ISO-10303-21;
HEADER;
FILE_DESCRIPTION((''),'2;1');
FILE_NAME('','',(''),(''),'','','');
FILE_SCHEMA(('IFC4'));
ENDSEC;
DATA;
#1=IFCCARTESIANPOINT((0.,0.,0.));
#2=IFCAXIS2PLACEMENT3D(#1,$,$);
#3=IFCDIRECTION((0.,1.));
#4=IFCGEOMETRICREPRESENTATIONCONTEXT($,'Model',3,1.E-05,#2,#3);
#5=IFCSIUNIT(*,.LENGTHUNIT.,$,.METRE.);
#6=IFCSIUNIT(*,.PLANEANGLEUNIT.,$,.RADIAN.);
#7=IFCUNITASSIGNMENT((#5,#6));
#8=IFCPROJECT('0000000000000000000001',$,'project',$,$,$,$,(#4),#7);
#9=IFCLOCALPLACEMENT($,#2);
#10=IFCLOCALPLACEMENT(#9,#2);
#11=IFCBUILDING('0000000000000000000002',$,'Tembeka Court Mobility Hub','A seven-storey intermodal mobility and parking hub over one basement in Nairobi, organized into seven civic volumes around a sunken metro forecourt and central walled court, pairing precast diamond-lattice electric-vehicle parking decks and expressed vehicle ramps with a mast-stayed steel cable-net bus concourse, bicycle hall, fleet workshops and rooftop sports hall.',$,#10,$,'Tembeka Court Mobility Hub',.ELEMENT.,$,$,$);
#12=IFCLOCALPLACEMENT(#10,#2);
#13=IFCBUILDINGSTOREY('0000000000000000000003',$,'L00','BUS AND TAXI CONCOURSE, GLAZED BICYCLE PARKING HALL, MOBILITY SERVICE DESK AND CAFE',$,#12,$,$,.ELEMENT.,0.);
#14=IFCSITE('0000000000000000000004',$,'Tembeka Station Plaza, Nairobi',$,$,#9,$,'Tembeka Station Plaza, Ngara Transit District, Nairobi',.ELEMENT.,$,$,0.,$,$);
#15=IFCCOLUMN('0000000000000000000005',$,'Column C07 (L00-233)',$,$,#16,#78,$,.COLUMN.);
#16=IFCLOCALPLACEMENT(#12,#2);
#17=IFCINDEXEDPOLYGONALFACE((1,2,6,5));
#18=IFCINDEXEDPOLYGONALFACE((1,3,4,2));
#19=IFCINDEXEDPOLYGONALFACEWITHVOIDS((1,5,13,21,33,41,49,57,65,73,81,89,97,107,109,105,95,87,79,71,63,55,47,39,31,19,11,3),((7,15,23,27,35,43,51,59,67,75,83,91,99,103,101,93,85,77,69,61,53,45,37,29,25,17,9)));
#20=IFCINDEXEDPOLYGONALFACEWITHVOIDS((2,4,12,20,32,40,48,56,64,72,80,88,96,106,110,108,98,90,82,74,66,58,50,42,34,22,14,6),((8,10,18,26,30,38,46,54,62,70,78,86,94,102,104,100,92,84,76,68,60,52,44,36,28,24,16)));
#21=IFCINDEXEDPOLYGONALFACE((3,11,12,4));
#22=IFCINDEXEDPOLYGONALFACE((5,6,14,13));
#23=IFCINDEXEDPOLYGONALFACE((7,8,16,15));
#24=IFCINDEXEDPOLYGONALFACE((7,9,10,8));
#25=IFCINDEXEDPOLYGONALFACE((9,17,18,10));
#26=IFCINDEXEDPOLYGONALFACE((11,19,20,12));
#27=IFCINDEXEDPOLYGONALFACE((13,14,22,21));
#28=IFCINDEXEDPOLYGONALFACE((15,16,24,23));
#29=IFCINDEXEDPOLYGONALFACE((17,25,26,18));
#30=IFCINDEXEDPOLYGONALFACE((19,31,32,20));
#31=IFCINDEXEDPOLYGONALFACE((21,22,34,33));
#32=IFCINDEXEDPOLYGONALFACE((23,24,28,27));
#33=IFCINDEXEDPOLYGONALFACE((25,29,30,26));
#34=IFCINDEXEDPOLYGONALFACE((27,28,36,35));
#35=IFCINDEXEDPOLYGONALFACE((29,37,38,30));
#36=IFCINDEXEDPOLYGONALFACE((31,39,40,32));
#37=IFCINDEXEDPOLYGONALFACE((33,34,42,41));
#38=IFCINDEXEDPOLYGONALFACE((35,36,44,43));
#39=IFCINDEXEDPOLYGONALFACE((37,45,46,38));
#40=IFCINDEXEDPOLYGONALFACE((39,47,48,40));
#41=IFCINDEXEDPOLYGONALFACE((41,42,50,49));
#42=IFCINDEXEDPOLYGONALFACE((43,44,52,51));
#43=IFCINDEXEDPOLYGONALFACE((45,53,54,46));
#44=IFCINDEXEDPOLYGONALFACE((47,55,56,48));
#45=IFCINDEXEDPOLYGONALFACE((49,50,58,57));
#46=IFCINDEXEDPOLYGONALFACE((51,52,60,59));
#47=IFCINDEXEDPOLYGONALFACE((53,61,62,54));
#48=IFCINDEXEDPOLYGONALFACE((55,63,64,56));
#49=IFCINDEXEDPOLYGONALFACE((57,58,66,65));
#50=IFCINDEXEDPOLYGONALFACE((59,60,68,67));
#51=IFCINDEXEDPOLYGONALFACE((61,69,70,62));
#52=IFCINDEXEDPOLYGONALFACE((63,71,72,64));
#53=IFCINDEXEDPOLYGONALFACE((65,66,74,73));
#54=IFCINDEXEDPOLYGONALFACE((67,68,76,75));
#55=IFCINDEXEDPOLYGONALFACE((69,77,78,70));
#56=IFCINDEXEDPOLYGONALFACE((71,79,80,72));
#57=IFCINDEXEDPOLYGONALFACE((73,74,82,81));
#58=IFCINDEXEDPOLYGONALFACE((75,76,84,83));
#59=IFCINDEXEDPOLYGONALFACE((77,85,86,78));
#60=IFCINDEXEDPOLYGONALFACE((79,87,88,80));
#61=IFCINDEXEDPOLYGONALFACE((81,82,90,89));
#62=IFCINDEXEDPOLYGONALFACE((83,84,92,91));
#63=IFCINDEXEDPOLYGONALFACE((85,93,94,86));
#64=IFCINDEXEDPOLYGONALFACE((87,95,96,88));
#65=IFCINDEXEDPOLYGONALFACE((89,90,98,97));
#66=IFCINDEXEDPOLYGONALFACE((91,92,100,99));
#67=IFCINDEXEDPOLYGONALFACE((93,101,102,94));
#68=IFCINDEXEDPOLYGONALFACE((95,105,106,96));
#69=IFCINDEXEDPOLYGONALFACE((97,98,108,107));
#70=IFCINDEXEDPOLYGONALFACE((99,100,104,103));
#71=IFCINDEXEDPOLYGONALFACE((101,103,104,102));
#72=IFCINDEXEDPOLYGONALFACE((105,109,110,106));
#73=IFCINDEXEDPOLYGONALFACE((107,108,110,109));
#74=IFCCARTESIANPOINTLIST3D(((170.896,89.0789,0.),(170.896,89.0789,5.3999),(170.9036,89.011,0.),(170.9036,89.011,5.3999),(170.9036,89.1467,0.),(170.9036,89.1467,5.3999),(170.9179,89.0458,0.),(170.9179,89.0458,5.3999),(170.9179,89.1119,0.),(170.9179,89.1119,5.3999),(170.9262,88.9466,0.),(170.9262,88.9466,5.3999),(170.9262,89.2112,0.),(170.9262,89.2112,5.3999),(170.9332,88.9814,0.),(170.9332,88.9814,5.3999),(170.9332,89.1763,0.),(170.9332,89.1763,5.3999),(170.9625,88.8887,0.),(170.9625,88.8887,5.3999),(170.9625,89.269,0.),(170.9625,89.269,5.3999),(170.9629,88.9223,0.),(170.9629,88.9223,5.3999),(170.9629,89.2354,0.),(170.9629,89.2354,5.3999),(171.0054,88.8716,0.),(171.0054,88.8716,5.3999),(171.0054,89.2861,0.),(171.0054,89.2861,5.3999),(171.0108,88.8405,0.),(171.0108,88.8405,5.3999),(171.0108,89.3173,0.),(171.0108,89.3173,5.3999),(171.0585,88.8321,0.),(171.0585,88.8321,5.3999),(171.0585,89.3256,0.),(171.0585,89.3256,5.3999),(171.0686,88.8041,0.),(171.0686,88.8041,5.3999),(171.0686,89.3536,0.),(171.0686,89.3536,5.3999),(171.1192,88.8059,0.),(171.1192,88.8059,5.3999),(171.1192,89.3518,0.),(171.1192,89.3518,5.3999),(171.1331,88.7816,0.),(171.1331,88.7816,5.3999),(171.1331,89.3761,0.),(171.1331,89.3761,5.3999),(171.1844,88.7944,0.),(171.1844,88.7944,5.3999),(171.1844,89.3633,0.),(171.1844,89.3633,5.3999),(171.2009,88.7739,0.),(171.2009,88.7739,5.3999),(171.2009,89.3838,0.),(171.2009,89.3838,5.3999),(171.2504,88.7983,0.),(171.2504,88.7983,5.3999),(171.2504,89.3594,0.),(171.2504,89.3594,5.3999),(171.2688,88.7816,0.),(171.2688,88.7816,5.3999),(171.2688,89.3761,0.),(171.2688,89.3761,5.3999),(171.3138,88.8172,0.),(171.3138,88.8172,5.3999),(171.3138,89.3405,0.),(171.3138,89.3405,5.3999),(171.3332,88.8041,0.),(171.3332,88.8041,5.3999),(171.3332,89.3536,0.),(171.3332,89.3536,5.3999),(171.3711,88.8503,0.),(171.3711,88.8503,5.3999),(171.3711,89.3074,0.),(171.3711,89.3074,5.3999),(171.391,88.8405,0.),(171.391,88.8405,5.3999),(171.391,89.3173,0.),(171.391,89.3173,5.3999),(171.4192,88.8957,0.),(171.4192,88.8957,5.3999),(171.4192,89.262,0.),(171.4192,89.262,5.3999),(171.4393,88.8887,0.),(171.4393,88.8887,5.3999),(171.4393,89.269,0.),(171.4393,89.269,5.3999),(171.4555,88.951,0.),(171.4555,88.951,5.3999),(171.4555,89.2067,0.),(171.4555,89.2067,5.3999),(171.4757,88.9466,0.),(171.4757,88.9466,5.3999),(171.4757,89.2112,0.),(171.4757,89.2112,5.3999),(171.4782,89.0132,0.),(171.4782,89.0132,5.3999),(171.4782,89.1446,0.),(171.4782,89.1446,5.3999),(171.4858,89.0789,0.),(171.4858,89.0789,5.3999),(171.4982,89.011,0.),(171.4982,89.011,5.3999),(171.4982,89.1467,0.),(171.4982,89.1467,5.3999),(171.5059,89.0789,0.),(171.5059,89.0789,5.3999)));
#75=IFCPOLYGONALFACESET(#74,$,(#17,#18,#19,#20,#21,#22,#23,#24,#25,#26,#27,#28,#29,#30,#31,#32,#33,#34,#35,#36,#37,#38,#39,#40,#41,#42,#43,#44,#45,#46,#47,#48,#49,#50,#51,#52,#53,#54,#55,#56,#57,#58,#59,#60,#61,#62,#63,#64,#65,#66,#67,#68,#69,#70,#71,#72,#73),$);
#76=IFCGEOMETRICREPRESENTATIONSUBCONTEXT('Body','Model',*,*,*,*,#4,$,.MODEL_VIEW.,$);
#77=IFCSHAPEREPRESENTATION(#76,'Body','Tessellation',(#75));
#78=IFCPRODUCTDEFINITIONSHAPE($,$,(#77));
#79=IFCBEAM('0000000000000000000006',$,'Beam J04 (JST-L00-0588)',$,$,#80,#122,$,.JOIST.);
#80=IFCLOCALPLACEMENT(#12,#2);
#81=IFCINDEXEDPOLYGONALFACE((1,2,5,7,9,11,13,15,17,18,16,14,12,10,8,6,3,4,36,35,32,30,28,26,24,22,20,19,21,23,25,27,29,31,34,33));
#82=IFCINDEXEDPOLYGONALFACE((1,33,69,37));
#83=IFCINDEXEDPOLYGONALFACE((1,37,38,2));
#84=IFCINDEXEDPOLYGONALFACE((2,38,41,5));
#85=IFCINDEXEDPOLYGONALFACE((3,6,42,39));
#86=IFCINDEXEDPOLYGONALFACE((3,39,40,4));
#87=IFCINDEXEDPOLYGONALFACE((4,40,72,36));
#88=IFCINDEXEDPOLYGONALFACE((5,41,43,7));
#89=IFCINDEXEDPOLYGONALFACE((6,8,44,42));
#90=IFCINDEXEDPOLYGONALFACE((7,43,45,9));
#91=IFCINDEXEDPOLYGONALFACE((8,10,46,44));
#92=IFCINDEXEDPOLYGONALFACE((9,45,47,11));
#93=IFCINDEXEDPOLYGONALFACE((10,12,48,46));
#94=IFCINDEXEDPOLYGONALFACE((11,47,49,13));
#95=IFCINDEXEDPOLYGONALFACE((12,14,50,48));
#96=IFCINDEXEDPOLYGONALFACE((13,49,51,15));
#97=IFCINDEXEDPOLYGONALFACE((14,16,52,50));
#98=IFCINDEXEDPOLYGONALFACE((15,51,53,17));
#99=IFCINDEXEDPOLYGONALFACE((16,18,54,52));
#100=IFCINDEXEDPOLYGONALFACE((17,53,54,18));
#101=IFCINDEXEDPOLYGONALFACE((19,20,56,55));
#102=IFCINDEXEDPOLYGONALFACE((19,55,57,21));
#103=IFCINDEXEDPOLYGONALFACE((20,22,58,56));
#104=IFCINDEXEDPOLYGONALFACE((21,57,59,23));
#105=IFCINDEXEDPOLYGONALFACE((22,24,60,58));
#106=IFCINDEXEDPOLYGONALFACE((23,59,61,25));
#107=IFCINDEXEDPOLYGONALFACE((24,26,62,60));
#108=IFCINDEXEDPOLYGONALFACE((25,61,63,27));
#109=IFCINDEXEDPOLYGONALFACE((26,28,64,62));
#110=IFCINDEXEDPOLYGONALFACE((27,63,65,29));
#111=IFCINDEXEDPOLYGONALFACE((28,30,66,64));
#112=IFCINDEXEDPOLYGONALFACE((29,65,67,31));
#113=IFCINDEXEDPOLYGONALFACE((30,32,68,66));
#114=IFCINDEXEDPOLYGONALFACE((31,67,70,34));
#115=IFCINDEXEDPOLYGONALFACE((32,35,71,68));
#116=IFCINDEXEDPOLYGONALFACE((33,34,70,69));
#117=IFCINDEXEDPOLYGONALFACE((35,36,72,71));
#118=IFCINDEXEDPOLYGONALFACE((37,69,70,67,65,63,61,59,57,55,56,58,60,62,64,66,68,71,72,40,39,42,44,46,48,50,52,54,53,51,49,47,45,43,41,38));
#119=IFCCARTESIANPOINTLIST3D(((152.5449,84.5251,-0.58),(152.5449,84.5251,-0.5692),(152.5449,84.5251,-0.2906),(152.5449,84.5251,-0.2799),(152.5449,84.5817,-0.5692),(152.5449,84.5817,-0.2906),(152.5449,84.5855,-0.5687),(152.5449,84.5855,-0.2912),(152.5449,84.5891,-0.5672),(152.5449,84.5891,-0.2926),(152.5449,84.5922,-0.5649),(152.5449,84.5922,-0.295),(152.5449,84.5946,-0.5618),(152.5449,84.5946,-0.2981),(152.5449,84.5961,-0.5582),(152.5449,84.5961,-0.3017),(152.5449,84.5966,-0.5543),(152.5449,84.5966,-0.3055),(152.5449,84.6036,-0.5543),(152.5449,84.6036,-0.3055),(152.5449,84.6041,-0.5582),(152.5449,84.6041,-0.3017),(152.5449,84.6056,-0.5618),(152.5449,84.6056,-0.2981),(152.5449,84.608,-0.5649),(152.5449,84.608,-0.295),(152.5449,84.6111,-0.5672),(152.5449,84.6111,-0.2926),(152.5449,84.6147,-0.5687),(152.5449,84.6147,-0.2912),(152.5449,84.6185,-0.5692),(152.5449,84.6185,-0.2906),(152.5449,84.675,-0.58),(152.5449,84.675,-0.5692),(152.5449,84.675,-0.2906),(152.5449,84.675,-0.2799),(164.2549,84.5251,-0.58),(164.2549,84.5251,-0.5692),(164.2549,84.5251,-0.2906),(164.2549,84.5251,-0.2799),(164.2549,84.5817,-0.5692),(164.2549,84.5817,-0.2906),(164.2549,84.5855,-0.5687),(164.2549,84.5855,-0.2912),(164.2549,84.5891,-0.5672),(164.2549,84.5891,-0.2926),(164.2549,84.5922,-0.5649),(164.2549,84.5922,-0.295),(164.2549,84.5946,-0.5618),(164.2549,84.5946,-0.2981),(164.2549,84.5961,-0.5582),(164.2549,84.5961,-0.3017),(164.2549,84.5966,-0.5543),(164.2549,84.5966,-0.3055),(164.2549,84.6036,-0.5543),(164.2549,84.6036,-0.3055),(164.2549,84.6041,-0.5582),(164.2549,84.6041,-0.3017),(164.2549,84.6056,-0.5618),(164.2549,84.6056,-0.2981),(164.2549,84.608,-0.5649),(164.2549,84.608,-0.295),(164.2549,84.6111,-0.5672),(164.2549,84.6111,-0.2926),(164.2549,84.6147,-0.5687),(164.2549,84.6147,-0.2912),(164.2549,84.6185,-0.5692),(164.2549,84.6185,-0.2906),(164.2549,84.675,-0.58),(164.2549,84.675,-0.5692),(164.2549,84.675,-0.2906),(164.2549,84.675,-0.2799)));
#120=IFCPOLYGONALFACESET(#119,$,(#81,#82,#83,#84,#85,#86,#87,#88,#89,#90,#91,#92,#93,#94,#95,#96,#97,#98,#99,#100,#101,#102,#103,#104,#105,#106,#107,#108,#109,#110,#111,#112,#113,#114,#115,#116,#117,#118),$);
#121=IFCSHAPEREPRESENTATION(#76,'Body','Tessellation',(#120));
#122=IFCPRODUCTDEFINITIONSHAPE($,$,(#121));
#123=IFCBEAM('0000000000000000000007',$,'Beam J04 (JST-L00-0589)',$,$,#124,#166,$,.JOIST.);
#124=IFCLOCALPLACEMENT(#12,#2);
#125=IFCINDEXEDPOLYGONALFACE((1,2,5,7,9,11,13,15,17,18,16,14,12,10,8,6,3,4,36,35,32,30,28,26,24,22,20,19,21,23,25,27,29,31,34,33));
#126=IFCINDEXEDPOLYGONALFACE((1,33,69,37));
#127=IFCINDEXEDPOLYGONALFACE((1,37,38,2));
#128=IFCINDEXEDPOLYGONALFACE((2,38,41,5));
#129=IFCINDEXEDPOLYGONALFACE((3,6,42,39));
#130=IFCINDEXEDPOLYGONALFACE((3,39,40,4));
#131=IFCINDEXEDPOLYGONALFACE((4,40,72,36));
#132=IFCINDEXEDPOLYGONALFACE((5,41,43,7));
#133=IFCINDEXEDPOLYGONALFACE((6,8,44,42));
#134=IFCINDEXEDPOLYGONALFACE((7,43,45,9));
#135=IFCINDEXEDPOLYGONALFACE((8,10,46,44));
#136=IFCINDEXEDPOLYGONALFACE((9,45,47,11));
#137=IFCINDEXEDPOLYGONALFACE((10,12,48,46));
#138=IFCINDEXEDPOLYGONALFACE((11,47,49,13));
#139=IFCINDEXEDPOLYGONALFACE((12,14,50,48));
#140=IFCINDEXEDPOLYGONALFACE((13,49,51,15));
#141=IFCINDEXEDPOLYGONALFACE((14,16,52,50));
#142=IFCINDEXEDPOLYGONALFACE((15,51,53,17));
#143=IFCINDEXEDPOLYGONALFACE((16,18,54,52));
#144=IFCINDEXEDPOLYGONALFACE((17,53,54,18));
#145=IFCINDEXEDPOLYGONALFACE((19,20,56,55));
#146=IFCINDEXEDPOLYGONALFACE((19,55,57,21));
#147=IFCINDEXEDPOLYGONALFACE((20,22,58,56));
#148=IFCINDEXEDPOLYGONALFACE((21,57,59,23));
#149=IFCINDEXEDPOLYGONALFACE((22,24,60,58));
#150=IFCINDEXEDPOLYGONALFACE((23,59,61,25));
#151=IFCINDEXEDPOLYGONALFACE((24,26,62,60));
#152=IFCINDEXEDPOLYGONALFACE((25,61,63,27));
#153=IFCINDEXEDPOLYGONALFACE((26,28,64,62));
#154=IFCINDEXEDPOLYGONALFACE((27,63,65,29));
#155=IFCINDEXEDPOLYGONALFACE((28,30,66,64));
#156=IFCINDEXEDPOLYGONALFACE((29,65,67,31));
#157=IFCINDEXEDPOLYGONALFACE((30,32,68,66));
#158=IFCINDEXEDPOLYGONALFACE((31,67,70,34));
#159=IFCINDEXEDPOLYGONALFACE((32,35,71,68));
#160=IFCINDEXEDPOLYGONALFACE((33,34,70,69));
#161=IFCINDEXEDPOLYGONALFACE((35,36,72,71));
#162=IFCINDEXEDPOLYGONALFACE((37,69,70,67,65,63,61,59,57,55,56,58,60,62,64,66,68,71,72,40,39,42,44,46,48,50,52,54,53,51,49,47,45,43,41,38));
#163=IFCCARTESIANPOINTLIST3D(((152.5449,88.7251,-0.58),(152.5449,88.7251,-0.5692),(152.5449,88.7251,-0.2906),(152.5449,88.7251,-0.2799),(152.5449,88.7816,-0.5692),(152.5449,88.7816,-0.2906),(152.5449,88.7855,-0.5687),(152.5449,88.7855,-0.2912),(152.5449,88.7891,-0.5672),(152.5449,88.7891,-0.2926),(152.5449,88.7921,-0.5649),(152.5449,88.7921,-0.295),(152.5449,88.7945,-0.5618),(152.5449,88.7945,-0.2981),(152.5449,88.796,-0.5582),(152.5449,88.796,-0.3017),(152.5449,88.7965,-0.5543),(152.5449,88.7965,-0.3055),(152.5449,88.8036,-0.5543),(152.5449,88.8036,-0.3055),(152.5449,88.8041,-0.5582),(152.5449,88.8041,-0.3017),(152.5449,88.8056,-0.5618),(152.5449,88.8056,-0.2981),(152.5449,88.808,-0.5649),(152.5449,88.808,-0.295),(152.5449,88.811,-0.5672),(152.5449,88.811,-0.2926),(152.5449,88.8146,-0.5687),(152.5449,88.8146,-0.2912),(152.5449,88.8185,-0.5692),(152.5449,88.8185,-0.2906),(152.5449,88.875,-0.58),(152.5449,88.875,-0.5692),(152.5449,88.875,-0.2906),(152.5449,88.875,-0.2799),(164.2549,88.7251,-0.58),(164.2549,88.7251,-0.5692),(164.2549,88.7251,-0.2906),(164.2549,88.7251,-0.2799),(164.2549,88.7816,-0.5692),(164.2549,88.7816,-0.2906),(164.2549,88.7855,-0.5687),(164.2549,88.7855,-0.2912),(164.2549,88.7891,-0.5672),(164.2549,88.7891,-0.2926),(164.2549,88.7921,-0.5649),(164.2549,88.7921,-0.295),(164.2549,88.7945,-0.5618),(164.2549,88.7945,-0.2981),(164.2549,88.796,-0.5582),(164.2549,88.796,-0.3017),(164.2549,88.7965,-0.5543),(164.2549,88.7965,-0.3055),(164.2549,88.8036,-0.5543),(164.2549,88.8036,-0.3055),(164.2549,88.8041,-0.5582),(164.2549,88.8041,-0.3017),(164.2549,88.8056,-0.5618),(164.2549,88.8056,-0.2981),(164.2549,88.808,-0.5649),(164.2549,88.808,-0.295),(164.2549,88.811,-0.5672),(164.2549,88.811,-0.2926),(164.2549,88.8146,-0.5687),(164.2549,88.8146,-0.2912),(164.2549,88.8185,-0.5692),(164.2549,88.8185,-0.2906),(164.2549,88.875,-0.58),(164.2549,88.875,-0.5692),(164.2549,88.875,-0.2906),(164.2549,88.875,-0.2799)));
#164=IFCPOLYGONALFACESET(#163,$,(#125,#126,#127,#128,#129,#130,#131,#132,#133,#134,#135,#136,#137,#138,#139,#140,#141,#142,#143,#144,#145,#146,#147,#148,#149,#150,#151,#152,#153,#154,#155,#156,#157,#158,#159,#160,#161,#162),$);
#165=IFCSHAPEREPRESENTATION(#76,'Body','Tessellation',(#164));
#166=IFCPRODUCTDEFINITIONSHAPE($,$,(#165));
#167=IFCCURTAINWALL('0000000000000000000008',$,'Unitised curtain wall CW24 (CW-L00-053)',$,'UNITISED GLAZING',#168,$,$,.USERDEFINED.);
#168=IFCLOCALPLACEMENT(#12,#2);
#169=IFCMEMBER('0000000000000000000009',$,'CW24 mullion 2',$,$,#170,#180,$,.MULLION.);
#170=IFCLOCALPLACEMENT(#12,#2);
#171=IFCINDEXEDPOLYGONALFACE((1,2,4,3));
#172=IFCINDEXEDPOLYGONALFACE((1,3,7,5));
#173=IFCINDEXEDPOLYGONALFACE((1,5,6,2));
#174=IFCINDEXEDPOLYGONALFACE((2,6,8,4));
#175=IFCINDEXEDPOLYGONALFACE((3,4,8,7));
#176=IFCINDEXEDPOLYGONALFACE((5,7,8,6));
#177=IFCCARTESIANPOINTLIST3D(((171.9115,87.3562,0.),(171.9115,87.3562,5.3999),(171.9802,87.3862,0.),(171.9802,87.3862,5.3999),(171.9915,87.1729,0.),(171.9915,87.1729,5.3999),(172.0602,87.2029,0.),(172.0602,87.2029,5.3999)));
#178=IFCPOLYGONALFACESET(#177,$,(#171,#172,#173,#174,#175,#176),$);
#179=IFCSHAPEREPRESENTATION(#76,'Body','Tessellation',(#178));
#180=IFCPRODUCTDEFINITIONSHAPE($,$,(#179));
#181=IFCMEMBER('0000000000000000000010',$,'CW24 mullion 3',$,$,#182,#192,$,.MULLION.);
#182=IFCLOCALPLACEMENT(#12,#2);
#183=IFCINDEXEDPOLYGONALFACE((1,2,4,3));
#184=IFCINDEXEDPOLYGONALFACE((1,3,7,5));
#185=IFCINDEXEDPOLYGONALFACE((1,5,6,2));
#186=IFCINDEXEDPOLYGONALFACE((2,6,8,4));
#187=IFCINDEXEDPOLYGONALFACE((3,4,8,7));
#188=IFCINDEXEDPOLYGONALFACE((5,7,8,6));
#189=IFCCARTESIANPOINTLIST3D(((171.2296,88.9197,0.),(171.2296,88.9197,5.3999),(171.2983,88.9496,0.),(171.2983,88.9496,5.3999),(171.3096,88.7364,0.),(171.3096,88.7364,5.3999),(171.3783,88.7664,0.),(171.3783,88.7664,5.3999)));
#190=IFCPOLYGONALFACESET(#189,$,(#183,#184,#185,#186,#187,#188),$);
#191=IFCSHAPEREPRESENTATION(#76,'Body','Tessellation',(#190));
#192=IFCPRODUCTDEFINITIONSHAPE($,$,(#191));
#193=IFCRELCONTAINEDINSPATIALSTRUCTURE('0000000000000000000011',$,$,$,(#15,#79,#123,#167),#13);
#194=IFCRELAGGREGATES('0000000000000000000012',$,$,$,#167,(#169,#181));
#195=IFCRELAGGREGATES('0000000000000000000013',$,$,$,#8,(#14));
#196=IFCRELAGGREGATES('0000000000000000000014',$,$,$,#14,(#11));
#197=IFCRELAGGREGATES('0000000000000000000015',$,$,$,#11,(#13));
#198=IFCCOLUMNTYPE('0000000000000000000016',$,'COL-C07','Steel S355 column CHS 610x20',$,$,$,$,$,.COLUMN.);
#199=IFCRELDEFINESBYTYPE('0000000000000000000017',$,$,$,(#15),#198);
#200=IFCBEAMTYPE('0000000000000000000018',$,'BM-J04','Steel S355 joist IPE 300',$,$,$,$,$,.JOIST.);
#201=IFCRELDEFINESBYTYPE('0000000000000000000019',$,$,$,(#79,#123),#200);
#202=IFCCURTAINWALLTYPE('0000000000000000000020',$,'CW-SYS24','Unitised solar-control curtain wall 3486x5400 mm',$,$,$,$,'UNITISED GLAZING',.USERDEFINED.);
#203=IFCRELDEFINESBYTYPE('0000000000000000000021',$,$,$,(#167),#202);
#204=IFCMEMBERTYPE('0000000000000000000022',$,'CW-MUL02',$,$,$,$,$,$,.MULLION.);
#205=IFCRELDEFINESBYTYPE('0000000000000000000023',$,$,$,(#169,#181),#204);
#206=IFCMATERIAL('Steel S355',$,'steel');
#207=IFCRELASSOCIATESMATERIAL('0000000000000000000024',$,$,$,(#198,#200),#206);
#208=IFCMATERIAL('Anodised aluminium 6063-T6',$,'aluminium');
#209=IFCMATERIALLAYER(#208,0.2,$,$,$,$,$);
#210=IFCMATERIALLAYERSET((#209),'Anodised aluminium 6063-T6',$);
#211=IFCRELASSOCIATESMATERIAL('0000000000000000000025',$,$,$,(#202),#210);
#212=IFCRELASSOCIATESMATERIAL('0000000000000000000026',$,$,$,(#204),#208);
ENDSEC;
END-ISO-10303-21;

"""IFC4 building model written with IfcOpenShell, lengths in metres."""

from ifc_helpers import new_model, si_unit, direction, frame, origin, origin_2d, place, context, subcontext, project, spatial, rectangle, hollow_circle, i_section, extrude, material, layer, layer_set, material_profile, profile_set, type_object, element, aggregate, save


model = new_model("IFC4")

# Units and contexts
model_context = context("Model", 3, precision=1e-05, world=origin(), true_north=direction((0.0, 1.0)))
body_context = subcontext(model_context, "Body", "Model", "MODEL_VIEW")
ifc_project = project(units=[si_unit("LENGTHUNIT", "METRE"), si_unit("PLANEANGLEUNIT", "RADIAN")], contexts=[model_context])

# Site, building, storey
site_placement = place(None, origin())
site = spatial("IfcSite", under=ifc_project, at=site_placement, Name="Tembeka Station Plaza, Nairobi", LongName="Tembeka Station Plaza, Ngara Transit District, Nairobi", CompositionType="ELEMENT", RefElevation=0.0)
building_placement = place(site_placement, origin())
building = spatial("IfcBuilding", under=site, at=building_placement, Name="Tembeka Court Mobility Hub", Description="A seven-storey intermodal mobility and parking hub over one basement in Nairobi, organized into seven civic volumes around a sunken metro forecourt and central walled court, pairing precast diamond-lattice electric-vehicle parking decks and expressed vehicle ramps with a mast-stayed steel cable-net bus concourse, bicycle hall, fleet workshops and rooftop sports hall.", LongName="Tembeka Court Mobility Hub", CompositionType="ELEMENT")
storey_placement = place(building_placement, origin())
storey = spatial("IfcBuildingStorey", under=building, at=storey_placement, Name="L00", Description="BUS AND TAXI CONCOURSE, GLAZED BICYCLE PARKING HALL, MOBILITY SERVICE DESK AND CAFE", CompositionType="ELEMENT", Elevation=0.0)

# Column
ifc_material_1 = material(Name="Steel S355", Category="steel")
ifc_material_profile_1 = material_profile(ifc_material_1, hollow_circle(Radius=0.3049, WallThickness=0.02, at=origin_2d()), Name="CHS 610x20")
ifc_profile_set_1 = profile_set([ifc_material_profile_1], Name="Steel S355")
column_type = type_object("IfcColumnType", Name="COL-C07", Description="Steel S355 column CHS 610x20", PredefinedType="COLUMN", material=ifc_profile_set_1)
column_placement = place(storey_placement, frame((171.2009, 89.0789, 0.0), z_axis=(0.0, 0.0, 1.0), x_axis=(1.0, 0.0, 0.0)))
element("IfcColumn", 1, at=column_placement, inside=storey, type_object=column_type, Name="Column C07 (L00-233)", PredefinedType="COLUMN", context=body_context, shape_type="SweptSolid", body=[
    extrude(hollow_circle(Radius=0.3049, WallThickness=0.02, at=origin_2d()), origin(), (0.0, 0.0, 1.0), 5.3999),
])

# Beams
ifc_material_profile_2 = material_profile(ifc_material_1, i_section(OverallWidth=0.1499, OverallDepth=0.3, WebThickness=0.0071, FlangeThickness=0.0107, FilletRadius=0.0149, at=origin_2d()), Name="IPE 300")
ifc_profile_set_2 = profile_set([ifc_material_profile_2], Name="Steel S355")
beam_type = type_object("IfcBeamType", Name="BM-J04", Description="Steel S355 joist IPE 300", PredefinedType="JOIST", material=ifc_profile_set_2)
for number, where, z_axis, x_axis, name in (
    (2, (152.5449, 84.6001, -0.4299), (1.0, 0.0, 0.0), (0.0, 1.0, 0.0), "Beam J04 (JST-L00-0588)"),
    (3, (152.5449, 88.8, -0.4299), (1.0, 0.0, 0.0), (0.0, 1.0, 0.0), "Beam J04 (JST-L00-0589)"),
):
    element("IfcBeam", number, at=place(storey_placement, frame(where, z_axis=z_axis, x_axis=x_axis)), inside=storey, type_object=beam_type, Name=name, PredefinedType="JOIST", context=body_context, shape_type="SweptSolid", body=[
        extrude(i_section(OverallWidth=0.1499, OverallDepth=0.3, WebThickness=0.0071, FlangeThickness=0.0107, FilletRadius=0.0149, at=origin_2d()), origin(), (0.0, 0.0, 1.0), 11.71),
    ])

# Curtain wall, members
ifc_material_2 = material(Name="Anodised aluminium 6063-T6", Category="aluminium")
ifc_layer_1 = layer(ifc_material_2, 0.2)
ifc_layer_set_1 = layer_set([ifc_layer_1], Name="Anodised aluminium 6063-T6")
curtain_wall_type = type_object("IfcCurtainWallType", Name="CW-SYS24", Description="Unitised solar-control curtain wall 3486x5400 mm", ElementType="UNITISED GLAZING", PredefinedType="USERDEFINED", material=ifc_layer_set_1)
curtain_wall_1_placement = place(storey_placement, origin())
curtain_wall_1 = element("IfcCurtainWall", 4, at=curtain_wall_1_placement, inside=storey, type_object=curtain_wall_type, Name="Unitised curtain wall CW24 (CW-L00-053)", ObjectType="UNITISED GLAZING", PredefinedType="USERDEFINED")
ifc_material_profile_3 = material_profile(ifc_material_2, rectangle(XDim=0.075, YDim=0.2, at=origin_2d()), Name="ALU-MUL 75x200")
ifc_profile_set_3 = profile_set([ifc_material_profile_3], Name="Anodised aluminium 6063-T6")
member_type_1 = type_object("IfcMemberType", Name="CW-MUL02", PredefinedType="MULLION", material=ifc_profile_set_3)
member_1_placement = place(storey_placement, frame((171.9858, 87.2795, 0.0), z_axis=(0.0, 0.0, 1.0), x_axis=(-0.916572, -0.399869, 0.0)))
member_1 = element("IfcMember", 5, at=member_1_placement, type_object=member_type_1, Name="CW24 mullion 2", PredefinedType="MULLION", context=body_context, shape_type="SweptSolid", body=[
    extrude(rectangle(XDim=0.075, YDim=0.2, at=origin_2d()), origin(), (0.0, 0.0, 1.0), 5.3999),
])
member_2_placement = place(storey_placement, frame((171.304, 88.843, 0.0), z_axis=(0.0, 0.0, 1.0), x_axis=(-0.916572, -0.399869, 0.0)))
member_2 = element("IfcMember", 6, at=member_2_placement, type_object=member_type_1, Name="CW24 mullion 3", PredefinedType="MULLION", context=body_context, shape_type="SweptSolid", body=[
    extrude(rectangle(XDim=0.075, YDim=0.2, at=origin_2d()), origin(), (0.0, 0.0, 1.0), 5.3999),
])

aggregate(curtain_wall_1, [member_1, member_2])

save(model, "model.ifc")
